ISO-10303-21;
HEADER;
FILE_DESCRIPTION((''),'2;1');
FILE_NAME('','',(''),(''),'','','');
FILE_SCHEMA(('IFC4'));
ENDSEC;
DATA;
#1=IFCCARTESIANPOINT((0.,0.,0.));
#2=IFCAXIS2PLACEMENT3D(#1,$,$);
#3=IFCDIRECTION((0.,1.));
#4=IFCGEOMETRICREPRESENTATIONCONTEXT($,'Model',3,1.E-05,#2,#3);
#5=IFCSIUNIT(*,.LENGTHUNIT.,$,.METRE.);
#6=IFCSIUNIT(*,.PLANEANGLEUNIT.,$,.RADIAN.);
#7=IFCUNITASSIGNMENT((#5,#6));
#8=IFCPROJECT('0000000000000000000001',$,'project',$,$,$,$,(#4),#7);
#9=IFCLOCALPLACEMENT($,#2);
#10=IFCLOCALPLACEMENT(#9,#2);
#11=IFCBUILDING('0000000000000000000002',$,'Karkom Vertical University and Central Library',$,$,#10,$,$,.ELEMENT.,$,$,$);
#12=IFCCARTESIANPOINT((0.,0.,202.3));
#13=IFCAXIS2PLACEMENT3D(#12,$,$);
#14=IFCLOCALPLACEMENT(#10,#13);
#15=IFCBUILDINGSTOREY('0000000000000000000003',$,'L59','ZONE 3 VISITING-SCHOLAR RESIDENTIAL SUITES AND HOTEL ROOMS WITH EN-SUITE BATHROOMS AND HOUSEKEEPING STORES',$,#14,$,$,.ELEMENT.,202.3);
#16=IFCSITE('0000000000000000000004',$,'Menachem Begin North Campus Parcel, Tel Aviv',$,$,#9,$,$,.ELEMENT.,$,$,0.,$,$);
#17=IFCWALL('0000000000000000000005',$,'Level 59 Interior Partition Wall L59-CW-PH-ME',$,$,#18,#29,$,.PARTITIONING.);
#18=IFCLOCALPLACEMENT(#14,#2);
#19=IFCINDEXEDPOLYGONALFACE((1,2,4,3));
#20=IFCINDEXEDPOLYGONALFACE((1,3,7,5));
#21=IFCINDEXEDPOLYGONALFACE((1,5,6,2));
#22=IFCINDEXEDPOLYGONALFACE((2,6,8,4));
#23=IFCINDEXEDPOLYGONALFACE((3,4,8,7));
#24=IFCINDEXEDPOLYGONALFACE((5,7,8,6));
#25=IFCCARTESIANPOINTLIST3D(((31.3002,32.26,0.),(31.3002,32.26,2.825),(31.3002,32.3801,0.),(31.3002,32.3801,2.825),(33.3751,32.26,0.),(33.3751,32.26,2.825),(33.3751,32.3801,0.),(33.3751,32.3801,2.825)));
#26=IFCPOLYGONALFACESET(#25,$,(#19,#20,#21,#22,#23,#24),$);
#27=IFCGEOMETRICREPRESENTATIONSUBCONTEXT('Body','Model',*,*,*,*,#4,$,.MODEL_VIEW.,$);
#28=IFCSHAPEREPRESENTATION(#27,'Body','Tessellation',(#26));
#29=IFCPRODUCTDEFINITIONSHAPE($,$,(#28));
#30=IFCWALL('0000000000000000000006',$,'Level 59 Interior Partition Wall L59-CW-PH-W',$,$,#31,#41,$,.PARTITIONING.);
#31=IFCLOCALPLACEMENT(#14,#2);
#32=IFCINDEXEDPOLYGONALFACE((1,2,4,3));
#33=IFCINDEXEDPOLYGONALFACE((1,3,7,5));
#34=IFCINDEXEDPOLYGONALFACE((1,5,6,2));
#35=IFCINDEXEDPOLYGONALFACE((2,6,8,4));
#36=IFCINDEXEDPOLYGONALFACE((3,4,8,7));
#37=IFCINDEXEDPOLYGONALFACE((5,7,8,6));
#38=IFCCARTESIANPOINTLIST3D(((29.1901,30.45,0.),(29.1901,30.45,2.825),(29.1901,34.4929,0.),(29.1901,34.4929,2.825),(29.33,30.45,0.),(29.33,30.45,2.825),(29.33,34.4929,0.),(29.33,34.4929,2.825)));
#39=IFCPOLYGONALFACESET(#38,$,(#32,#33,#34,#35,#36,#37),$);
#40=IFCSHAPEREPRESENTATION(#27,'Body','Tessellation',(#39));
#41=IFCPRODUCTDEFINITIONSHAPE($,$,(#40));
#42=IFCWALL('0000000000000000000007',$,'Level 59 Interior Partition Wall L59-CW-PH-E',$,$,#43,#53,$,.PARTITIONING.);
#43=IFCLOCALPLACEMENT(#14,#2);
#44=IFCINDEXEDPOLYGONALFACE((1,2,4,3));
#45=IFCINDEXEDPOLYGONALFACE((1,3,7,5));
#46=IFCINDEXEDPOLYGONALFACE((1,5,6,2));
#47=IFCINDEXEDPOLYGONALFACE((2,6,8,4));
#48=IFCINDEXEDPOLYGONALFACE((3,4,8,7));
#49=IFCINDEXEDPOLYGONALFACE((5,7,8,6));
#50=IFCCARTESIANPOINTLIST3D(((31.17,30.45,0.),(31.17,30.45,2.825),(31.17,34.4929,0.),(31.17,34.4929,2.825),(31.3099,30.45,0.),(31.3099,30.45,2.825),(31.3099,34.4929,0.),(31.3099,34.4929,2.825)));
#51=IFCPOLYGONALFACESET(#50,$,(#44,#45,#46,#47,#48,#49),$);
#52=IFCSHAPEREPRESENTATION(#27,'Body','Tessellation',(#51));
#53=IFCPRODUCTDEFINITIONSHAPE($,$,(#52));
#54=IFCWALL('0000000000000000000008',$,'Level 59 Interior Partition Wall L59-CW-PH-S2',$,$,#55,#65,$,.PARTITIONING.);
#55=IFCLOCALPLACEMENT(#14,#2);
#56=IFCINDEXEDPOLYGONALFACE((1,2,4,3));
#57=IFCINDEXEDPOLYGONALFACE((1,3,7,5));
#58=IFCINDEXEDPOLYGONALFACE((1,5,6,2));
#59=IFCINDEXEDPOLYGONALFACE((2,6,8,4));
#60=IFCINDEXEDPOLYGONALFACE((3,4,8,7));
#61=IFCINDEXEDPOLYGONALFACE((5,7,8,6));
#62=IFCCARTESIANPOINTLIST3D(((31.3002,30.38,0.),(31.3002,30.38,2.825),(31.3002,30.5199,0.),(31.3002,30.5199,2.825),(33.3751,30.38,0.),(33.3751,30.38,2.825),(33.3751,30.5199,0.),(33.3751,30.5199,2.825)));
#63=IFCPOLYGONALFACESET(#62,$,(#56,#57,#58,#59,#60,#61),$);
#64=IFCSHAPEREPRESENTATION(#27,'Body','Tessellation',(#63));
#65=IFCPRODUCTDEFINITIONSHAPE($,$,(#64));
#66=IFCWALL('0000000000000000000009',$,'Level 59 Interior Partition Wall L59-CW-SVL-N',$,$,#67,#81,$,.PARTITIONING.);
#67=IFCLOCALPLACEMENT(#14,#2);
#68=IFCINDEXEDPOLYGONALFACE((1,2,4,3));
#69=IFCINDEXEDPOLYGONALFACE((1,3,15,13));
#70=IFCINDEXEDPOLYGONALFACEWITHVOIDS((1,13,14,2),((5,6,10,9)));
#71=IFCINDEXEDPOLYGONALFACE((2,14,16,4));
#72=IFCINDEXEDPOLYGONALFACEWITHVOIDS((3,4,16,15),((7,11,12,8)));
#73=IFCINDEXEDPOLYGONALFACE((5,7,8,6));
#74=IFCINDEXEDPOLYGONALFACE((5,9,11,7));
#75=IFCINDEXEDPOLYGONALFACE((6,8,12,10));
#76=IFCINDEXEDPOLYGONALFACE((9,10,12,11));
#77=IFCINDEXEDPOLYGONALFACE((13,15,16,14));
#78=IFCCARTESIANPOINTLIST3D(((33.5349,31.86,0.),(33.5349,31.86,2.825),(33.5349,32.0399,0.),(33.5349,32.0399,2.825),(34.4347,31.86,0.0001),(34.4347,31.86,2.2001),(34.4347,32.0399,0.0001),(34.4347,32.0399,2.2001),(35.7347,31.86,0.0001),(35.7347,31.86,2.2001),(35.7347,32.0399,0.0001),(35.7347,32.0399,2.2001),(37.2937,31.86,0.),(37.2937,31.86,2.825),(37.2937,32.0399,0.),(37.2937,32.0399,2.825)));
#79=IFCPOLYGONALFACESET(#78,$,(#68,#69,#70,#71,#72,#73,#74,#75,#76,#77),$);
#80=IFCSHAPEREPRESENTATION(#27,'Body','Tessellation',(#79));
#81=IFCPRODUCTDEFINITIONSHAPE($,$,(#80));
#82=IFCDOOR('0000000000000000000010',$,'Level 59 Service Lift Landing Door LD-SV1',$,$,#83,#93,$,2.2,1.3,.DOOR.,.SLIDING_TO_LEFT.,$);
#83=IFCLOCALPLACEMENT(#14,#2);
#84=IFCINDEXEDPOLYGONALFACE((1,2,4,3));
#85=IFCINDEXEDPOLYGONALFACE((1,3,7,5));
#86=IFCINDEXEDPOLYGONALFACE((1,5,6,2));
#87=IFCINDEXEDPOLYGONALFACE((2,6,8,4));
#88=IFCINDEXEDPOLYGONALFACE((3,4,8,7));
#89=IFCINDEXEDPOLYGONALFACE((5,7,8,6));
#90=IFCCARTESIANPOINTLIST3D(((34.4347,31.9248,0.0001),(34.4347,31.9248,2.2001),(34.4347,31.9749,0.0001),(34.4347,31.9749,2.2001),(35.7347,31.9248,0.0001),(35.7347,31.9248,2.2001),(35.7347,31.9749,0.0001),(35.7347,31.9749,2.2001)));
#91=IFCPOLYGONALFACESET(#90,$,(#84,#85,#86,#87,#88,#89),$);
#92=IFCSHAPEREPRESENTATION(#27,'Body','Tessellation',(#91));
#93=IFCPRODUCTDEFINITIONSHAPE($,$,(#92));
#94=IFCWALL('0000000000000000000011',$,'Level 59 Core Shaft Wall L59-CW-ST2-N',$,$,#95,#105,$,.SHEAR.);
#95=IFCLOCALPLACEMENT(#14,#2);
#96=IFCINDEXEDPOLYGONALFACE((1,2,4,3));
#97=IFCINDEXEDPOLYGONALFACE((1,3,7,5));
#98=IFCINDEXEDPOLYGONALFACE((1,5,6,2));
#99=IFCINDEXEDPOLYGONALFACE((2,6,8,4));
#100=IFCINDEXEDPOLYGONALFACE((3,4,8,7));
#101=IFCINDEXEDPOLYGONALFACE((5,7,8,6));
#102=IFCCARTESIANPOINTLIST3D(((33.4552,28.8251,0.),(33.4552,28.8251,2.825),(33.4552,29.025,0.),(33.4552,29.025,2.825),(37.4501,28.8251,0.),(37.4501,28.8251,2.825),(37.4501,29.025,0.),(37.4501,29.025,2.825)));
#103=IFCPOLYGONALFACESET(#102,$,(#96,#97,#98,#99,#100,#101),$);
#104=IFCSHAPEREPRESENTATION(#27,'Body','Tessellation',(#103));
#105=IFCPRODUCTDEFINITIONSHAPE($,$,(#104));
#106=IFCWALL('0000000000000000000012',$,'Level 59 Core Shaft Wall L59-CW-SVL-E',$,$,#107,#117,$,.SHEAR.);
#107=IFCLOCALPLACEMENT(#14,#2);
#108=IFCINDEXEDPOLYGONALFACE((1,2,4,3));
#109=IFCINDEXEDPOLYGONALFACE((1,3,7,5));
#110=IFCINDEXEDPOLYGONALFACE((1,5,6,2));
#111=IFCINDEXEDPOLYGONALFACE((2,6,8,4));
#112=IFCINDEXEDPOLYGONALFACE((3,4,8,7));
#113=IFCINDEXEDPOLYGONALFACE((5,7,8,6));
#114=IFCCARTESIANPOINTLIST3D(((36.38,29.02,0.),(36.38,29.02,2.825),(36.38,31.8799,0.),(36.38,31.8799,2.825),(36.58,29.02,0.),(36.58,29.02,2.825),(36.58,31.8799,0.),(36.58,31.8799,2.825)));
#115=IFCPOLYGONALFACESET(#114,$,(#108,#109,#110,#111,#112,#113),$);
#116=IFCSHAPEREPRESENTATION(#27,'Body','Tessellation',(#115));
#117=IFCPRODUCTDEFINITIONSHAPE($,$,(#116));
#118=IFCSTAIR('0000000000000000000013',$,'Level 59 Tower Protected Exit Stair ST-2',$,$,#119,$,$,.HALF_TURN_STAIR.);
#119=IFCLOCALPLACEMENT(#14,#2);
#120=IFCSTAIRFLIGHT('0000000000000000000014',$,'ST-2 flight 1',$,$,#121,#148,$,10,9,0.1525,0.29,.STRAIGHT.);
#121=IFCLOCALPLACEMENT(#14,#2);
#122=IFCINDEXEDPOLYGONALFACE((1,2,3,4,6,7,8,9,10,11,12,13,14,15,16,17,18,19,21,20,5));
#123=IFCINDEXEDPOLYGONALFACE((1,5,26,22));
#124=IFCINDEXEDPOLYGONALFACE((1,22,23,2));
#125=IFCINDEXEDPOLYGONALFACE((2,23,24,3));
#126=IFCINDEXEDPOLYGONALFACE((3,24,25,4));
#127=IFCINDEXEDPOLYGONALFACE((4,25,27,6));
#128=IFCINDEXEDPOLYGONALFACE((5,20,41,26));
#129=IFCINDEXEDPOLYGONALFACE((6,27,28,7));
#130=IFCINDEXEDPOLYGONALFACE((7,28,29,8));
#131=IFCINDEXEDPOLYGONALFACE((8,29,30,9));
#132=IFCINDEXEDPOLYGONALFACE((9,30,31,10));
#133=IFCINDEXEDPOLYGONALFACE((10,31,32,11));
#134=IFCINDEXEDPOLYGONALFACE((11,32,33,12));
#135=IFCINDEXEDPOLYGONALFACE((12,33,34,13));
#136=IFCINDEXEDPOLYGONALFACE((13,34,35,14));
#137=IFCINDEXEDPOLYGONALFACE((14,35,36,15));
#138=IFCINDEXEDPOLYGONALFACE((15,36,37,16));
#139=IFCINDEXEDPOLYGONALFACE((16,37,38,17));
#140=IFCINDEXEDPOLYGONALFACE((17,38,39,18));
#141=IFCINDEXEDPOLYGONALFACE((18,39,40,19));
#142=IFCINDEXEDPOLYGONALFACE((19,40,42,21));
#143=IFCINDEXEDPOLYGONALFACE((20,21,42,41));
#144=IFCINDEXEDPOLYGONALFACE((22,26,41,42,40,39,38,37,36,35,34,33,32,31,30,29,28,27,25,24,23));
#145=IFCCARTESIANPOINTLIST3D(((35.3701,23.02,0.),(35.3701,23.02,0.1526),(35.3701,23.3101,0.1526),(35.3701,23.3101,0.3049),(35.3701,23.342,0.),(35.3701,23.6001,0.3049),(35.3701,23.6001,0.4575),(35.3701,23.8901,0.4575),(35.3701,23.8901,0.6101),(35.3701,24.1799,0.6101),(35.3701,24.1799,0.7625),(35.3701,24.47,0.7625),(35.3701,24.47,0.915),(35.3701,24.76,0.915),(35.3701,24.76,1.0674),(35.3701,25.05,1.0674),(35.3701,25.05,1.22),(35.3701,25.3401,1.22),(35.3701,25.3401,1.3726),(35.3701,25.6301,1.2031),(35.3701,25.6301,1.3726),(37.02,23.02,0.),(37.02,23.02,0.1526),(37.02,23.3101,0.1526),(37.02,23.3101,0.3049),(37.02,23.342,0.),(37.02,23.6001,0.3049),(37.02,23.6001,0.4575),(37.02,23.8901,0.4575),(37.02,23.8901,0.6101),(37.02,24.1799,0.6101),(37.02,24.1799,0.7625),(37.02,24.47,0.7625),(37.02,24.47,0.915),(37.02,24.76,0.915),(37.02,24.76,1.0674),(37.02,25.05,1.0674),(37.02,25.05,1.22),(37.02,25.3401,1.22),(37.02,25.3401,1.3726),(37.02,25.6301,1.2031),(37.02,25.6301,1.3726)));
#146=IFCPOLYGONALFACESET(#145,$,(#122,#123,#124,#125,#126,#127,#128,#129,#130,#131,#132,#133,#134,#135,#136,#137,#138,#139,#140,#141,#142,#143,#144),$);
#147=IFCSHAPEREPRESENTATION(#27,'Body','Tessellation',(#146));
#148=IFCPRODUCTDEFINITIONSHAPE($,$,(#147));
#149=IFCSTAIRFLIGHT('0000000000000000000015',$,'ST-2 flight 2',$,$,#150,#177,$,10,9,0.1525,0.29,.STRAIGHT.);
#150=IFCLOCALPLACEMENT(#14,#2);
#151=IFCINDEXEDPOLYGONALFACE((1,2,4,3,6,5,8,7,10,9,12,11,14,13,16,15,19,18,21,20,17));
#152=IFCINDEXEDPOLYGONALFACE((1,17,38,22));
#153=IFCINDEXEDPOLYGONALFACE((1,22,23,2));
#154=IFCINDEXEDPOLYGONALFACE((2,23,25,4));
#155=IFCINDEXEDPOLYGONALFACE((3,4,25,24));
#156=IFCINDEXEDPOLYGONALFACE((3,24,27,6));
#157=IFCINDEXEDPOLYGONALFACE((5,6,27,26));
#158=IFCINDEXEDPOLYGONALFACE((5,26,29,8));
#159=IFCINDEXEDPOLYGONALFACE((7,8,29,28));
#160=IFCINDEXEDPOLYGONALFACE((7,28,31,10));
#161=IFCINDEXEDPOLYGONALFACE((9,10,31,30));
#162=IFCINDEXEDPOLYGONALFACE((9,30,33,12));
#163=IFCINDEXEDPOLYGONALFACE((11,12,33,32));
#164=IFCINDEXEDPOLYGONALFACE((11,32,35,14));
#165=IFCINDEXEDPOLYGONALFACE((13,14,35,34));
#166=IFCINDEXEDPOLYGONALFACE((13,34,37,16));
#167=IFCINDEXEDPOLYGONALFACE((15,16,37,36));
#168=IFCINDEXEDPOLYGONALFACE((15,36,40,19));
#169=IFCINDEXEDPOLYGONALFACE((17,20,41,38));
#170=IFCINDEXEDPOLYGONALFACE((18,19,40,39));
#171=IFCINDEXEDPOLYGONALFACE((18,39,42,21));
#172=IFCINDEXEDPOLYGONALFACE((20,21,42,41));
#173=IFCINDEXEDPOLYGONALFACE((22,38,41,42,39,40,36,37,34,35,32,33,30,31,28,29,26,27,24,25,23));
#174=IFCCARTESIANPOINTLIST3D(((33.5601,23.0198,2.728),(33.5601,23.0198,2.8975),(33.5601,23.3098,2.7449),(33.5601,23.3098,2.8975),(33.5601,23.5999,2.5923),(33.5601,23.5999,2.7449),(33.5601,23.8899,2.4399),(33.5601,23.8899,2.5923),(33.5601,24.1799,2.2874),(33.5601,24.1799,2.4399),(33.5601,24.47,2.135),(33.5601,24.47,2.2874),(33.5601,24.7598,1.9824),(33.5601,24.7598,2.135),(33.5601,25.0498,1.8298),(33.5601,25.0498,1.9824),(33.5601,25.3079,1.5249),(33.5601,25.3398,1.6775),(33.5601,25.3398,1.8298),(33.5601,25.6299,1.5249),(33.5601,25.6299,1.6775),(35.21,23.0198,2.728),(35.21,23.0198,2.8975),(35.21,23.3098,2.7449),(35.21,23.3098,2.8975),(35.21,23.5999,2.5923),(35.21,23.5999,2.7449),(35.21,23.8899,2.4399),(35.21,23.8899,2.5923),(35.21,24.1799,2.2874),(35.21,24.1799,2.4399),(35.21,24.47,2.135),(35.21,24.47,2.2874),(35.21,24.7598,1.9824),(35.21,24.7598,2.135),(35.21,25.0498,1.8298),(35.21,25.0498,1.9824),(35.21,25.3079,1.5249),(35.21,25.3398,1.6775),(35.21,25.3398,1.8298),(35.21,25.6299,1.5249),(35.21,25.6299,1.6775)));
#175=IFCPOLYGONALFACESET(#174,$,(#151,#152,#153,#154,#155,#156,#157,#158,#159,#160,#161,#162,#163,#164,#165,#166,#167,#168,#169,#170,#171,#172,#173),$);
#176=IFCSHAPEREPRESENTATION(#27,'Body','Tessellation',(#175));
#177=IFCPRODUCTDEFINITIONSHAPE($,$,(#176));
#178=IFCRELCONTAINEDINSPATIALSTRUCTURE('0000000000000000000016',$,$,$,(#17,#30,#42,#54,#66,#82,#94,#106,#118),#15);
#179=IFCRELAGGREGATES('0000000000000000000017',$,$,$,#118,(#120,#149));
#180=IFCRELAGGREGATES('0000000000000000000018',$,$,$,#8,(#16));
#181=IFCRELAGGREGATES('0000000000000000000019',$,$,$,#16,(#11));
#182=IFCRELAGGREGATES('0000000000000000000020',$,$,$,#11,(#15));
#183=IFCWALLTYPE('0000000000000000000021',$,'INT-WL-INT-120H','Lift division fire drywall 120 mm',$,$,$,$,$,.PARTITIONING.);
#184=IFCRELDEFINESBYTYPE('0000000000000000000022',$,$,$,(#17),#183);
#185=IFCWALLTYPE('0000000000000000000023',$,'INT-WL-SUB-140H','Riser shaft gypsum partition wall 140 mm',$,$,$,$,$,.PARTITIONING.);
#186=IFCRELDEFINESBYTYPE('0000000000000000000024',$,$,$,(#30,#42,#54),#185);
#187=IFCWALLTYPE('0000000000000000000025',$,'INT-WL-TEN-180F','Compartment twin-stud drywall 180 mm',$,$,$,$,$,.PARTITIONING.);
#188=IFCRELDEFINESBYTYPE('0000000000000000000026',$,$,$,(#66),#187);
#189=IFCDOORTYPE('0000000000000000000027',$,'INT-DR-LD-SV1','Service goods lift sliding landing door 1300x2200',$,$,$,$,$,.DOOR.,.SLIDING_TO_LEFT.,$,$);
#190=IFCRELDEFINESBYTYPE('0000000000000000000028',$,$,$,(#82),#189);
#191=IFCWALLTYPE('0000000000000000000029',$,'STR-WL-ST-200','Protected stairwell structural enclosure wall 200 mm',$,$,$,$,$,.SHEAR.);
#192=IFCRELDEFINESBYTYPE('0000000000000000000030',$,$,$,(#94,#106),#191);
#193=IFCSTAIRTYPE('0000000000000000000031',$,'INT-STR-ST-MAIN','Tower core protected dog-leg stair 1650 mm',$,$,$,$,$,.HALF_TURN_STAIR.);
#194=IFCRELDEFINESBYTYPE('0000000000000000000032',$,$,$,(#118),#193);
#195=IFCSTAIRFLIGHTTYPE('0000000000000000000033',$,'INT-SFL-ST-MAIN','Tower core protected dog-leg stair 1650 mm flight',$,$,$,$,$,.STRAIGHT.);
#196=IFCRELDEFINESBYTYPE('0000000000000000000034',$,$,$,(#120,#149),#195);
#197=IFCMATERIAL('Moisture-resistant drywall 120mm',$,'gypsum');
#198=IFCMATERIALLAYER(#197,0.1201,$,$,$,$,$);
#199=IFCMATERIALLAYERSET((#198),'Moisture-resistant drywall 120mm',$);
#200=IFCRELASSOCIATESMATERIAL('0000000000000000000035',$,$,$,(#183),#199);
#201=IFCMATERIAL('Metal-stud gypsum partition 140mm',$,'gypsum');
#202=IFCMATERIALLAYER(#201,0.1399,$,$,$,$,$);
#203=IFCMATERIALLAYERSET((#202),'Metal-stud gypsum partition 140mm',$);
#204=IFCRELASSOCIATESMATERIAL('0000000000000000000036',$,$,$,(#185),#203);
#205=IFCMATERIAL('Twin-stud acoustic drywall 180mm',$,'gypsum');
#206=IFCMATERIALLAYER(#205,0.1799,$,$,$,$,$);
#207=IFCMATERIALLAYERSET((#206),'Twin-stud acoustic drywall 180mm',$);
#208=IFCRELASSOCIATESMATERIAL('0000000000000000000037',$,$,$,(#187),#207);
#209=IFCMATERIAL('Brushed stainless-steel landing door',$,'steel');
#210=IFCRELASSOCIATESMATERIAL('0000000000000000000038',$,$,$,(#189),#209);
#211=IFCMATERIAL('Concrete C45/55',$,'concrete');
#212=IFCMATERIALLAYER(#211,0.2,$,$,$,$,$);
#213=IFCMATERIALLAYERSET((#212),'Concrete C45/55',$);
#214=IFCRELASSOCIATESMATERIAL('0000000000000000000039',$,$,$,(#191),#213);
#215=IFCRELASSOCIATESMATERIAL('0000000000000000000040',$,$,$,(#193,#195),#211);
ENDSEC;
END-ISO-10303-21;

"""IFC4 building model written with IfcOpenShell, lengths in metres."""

from ifc_helpers import new_model, si_unit, direction, frame, frame_2d, origin, origin_with_axes, place, context, subcontext, project, spatial, polyline, rectangle, outline, extrude, source, transform, mapped, material, layer, layer_set, type_object, element, fill, aggregate, save


model = new_model("IFC4")

# Units and contexts
model_context = context("Model", 3, precision=1e-05, world=origin(), true_north=direction((0.0, 1.0)))
body_context = subcontext(model_context, "Body", "Model", "MODEL_VIEW")
ifc_project = project(units=[si_unit("LENGTHUNIT", "METRE"), si_unit("PLANEANGLEUNIT", "RADIAN")], contexts=[model_context])

# Site, building, storey
site_placement = place(None, origin())
site = spatial("IfcSite", under=ifc_project, at=site_placement, Name="Menachem Begin North Campus Parcel, Tel Aviv", CompositionType="ELEMENT", RefElevation=0.0)
building_placement = place(site_placement, origin())
building = spatial("IfcBuilding", under=site, at=building_placement, Name="Karkom Vertical University and Central Library", CompositionType="ELEMENT")
storey_placement = place(building_placement, frame((0.0, 0.0, 202.3)))
storey = spatial("IfcBuildingStorey", under=building, at=storey_placement, Name="L59", Description="ZONE 3 VISITING-SCHOLAR RESIDENTIAL SUITES AND HOTEL ROOMS WITH EN-SUITE BATHROOMS AND HOUSEKEEPING STORES", CompositionType="ELEMENT", Elevation=202.3)

# Walls
ifc_material_1 = material(Name="Moisture-resistant drywall 120mm", Category="gypsum")
ifc_layer_1 = layer(ifc_material_1, 0.1201)
ifc_layer_set_1 = layer_set([ifc_layer_1], Name="Moisture-resistant drywall 120mm")
wall_type_1 = type_object("IfcWallType", Name="INT-WL-INT-120H", Description="Lift division fire drywall 120 mm", PredefinedType="PARTITIONING", material=ifc_layer_set_1)
wall_1_placement = place(storey_placement, frame((31.3, 32.3201, 0.0), z_axis=(0.0, 0.0, 1.0), x_axis=(1.0, 0.0, 0.0)))
element("IfcWall", 1, at=wall_1_placement, inside=storey, type_object=wall_type_1, Name="Level 59 Interior Partition Wall L59-CW-PH-ME", PredefinedType="PARTITIONING", context=body_context, shape_type="SweptSolid", body=[
    extrude(rectangle(XDim=2.075, YDim=0.1201, at=frame_2d((1.0376, 0.0))), origin(), (0.0, 0.0, 1.0), 2.825),
])
ifc_material_2 = material(Name="Metal-stud gypsum partition 140mm", Category="gypsum")
ifc_layer_2 = layer(ifc_material_2, 0.1399)
ifc_layer_set_2 = layer_set([ifc_layer_2], Name="Metal-stud gypsum partition 140mm")
wall_type_2 = type_object("IfcWallType", Name="INT-WL-SUB-140H", Description="Riser shaft gypsum partition wall 140 mm", PredefinedType="PARTITIONING", material=ifc_layer_set_2)
for number, where, z_axis, x_axis, name in (
    (2, (29.26, 30.45, 0.0), (0.0, 0.0, 1.0), (0.0, 1.0, 0.0), "Level 59 Interior Partition Wall L59-CW-PH-W"),
    (3, (31.24, 30.45, 0.0), (0.0, 0.0, 1.0), (0.0, 1.0, 0.0), "Level 59 Interior Partition Wall L59-CW-PH-E"),
):
    element("IfcWall", number, at=place(storey_placement, frame(where, z_axis=z_axis, x_axis=x_axis)), inside=storey, type_object=wall_type_2, Name=name, PredefinedType="PARTITIONING", context=body_context, shape_type="SweptSolid", body=[
        extrude(rectangle(XDim=4.043, YDim=0.1399, at=frame_2d((2.0215, 0.0))), origin(), (0.0, 0.0, 1.0), 2.825),
    ])
wall_2_placement = place(storey_placement, frame((31.3, 30.45, 0.0), z_axis=(0.0, 0.0, 1.0), x_axis=(1.0, 0.0, 0.0)))
element("IfcWall", 4, at=wall_2_placement, inside=storey, type_object=wall_type_2, Name="Level 59 Interior Partition Wall L59-CW-PH-S2", PredefinedType="PARTITIONING", context=body_context, shape_type="SweptSolid", body=[
    extrude(rectangle(XDim=2.075, YDim=0.1399, at=frame_2d((1.0376, 0.0))), origin(), (0.0, 0.0, 1.0), 2.825),
])

# Wall, opening, door
ifc_material_3 = material(Name="Twin-stud acoustic drywall 180mm", Category="gypsum")
ifc_layer_3 = layer(ifc_material_3, 0.1799)
ifc_layer_set_3 = layer_set([ifc_layer_3], Name="Twin-stud acoustic drywall 180mm")
wall_type_3 = type_object("IfcWallType", Name="INT-WL-TEN-180F", Description="Compartment twin-stud drywall 180 mm", PredefinedType="PARTITIONING", material=ifc_layer_set_3)
wall_3_placement = place(storey_placement, frame((33.5349, 31.95, 0.0), z_axis=(0.0, 0.0, 1.0), x_axis=(1.0, 0.0, 0.0)))
wall_3 = element("IfcWall", 5, at=wall_3_placement, inside=storey, type_object=wall_type_3, Name="Level 59 Interior Partition Wall L59-CW-SVL-N", PredefinedType="PARTITIONING", context=body_context, shape_type="SweptSolid", body=[
    extrude(rectangle(XDim=3.7588, YDim=0.1799, at=frame_2d((1.8794, 0.0))), origin(), (0.0, 0.0, 1.0), 2.825),
])
opening_1_placement = place(wall_3_placement, frame((0.8999, 0.0, 0.0)))
opening_1 = element("IfcOpeningElement", 6, at=opening_1_placement, cuts=wall_3, PredefinedType="OPENING", context=body_context, shape_type="SweptSolid", body=[
    extrude(rectangle(XDim=1.3, YDim=2.2, at=frame_2d((0.6499, 1.1001))), frame((0.0, 0.1001, 0.0), z_axis=(0.0, -1.0, 0.0), x_axis=(1.0, 0.0, 0.0)), (0.0, 0.0, 1.0), 0.2),
])
ifc_material_4 = material(Name="Brushed stainless-steel landing door", Category="steel")
door_type = type_object("IfcDoorType", Name="INT-DR-LD-SV1", Description="Service goods lift sliding landing door 1300x2200", OperationType="SLIDING_TO_LEFT", PredefinedType="DOOR", material=ifc_material_4)
shared_shape_1 = source(origin_with_axes(), body_context, "Body", "SweptSolid", [
    extrude(rectangle(XDim=1.3, YDim=2.2, at=frame_2d((0.6499, 1.1001))), frame((0.0, 0.0249, 0.0), z_axis=(0.0, -1.0, 0.0), x_axis=(1.0, 0.0, 0.0)), (0.0, 0.0, 1.0), 0.05),
])
door_placement = place(opening_1_placement, origin())
door = element("IfcDoor", 7, at=door_placement, inside=storey, type_object=door_type, Name="Level 59 Service Lift Landing Door LD-SV1", OperationType="SLIDING_TO_LEFT", OverallHeight=2.2, OverallWidth=1.3, PredefinedType="DOOR", context=body_context, shape_type="MappedRepresentation", body=[
    mapped(shared_shape_1, transform((0.0, 0.0, 0.0), scale=1.0)),
])
fill(opening_1, door)

# Walls
ifc_material_5 = material(Name="Concrete C45/55", Category="concrete")
ifc_layer_4 = layer(ifc_material_5, 0.2)
ifc_layer_set_4 = layer_set([ifc_layer_4], Name="Concrete C45/55")
wall_type_4 = type_object("IfcWallType", Name="STR-WL-ST-200", Description="Protected stairwell structural enclosure wall 200 mm", PredefinedType="SHEAR", material=ifc_layer_set_4)
wall_4_placement = place(storey_placement, frame((33.4551, 28.925, 0.0), z_axis=(0.0, 0.0, 1.0), x_axis=(1.0, 0.0, 0.0)))
element("IfcWall", 8, at=wall_4_placement, inside=storey, type_object=wall_type_4, Name="Level 59 Core Shaft Wall L59-CW-ST2-N", PredefinedType="SHEAR", context=body_context, shape_type="SweptSolid", body=[
    extrude(rectangle(XDim=3.9949, YDim=0.2, at=frame_2d((1.9976, 0.0))), origin(), (0.0, 0.0, 1.0), 2.825),
])
wall_5_placement = place(storey_placement, frame((36.48, 29.02, 0.0), z_axis=(0.0, 0.0, 1.0), x_axis=(0.0, 1.0, 0.0)))
element("IfcWall", 9, at=wall_5_placement, inside=storey, type_object=wall_type_4, Name="Level 59 Core Shaft Wall L59-CW-SVL-E", PredefinedType="SHEAR", context=body_context, shape_type="SweptSolid", body=[
    extrude(rectangle(XDim=2.8599, YDim=0.2, at=frame_2d((1.4299, 0.0))), origin(), (0.0, 0.0, 1.0), 2.825),
])

# Stair, stair flights
stair_type = type_object("IfcStairType", Name="INT-STR-ST-MAIN", Description="Tower core protected dog-leg stair 1650 mm", PredefinedType="HALF_TURN_STAIR", material=ifc_material_5)
stair_placement = place(storey_placement, origin())
stair = element("IfcStair", 10, at=stair_placement, inside=storey, type_object=stair_type, Name="Level 59 Tower Protected Exit Stair ST-2", PredefinedType="HALF_TURN_STAIR")
stair_flight_type = type_object("IfcStairFlightType", Name="INT-SFL-ST-MAIN", Description="Tower core protected dog-leg stair 1650 mm flight", PredefinedType="STRAIGHT", material=ifc_material_5)
stair_flight_1_placement = place(storey_placement, frame((36.1951, 23.02, 0.0), z_axis=(0.0, 0.0, 1.0), x_axis=(0.0, 1.0, 0.0)))
stair_flight_1 = element("IfcStairFlight", 11, at=stair_flight_1_placement, type_object=stair_flight_type, Name="ST-2 flight 1", NumberOfRisers=10, NumberOfTreads=9, PredefinedType="STRAIGHT", RiserHeight=0.1525, TreadLength=0.29, context=body_context, shape_type="SweptSolid", body=[
    extrude(outline(polyline([(0.0, 0.0), (0.0, 0.1526), (0.29, 0.1526), (0.29, 0.3049), (0.5801, 0.3049), (0.5801, 0.4575), (0.8701, 0.4575), (0.8701, 0.6101), (1.1599, 0.6101), (1.1599, 0.7625), (1.45, 0.7625), (1.45, 0.915), (1.74, 0.915), (1.74, 1.0674), (2.03, 1.0674), (2.03, 1.22), (2.3201, 1.22), (2.3201, 1.3726), (2.6101, 1.3726), (2.6101, 1.5249), (2.6101, 1.2031), (0.322, 0.0), (0.0, 0.0)])), frame((0.0, 0.825, 0.0), z_axis=(0.0, -1.0, 0.0), x_axis=(1.0, 0.0, 0.0)), (0.0, 0.0, 1.0), 1.6499),
])
stair_flight_2_placement = place(storey_placement, frame((34.385, 25.6299, 1.5249), z_axis=(0.0, 0.0, 1.0), x_axis=(0.0, -1.0, 0.0)))
stair_flight_2 = element("IfcStairFlight", 12, at=stair_flight_2_placement, type_object=stair_flight_type, Name="ST-2 flight 2", NumberOfRisers=10, NumberOfTreads=9, PredefinedType="STRAIGHT", RiserHeight=0.1525, TreadLength=0.29, context=body_context, shape_type="SweptSolid", body=[
    extrude(outline(polyline([(0.0, 0.0), (0.0, 0.1526), (0.29, 0.1526), (0.29, 0.3049), (0.5801, 0.3049), (0.5801, 0.4575), (0.8701, 0.4575), (0.8701, 0.6101), (1.1599, 0.6101), (1.1599, 0.7625), (1.45, 0.7625), (1.45, 0.915), (1.74, 0.915), (1.74, 1.0674), (2.03, 1.0674), (2.03, 1.22), (2.3201, 1.22), (2.3201, 1.3726), (2.6101, 1.3726), (2.6101, 1.5249), (2.6101, 1.2031), (0.322, 0.0), (0.0, 0.0)])), frame((0.0, 0.825, 0.0), z_axis=(0.0, -1.0, 0.0), x_axis=(1.0, 0.0, 0.0)), (0.0, 0.0, 1.0), 1.6499),
])
aggregate(stair, [stair_flight_1, stair_flight_2])

save(model, "model.ifc")
